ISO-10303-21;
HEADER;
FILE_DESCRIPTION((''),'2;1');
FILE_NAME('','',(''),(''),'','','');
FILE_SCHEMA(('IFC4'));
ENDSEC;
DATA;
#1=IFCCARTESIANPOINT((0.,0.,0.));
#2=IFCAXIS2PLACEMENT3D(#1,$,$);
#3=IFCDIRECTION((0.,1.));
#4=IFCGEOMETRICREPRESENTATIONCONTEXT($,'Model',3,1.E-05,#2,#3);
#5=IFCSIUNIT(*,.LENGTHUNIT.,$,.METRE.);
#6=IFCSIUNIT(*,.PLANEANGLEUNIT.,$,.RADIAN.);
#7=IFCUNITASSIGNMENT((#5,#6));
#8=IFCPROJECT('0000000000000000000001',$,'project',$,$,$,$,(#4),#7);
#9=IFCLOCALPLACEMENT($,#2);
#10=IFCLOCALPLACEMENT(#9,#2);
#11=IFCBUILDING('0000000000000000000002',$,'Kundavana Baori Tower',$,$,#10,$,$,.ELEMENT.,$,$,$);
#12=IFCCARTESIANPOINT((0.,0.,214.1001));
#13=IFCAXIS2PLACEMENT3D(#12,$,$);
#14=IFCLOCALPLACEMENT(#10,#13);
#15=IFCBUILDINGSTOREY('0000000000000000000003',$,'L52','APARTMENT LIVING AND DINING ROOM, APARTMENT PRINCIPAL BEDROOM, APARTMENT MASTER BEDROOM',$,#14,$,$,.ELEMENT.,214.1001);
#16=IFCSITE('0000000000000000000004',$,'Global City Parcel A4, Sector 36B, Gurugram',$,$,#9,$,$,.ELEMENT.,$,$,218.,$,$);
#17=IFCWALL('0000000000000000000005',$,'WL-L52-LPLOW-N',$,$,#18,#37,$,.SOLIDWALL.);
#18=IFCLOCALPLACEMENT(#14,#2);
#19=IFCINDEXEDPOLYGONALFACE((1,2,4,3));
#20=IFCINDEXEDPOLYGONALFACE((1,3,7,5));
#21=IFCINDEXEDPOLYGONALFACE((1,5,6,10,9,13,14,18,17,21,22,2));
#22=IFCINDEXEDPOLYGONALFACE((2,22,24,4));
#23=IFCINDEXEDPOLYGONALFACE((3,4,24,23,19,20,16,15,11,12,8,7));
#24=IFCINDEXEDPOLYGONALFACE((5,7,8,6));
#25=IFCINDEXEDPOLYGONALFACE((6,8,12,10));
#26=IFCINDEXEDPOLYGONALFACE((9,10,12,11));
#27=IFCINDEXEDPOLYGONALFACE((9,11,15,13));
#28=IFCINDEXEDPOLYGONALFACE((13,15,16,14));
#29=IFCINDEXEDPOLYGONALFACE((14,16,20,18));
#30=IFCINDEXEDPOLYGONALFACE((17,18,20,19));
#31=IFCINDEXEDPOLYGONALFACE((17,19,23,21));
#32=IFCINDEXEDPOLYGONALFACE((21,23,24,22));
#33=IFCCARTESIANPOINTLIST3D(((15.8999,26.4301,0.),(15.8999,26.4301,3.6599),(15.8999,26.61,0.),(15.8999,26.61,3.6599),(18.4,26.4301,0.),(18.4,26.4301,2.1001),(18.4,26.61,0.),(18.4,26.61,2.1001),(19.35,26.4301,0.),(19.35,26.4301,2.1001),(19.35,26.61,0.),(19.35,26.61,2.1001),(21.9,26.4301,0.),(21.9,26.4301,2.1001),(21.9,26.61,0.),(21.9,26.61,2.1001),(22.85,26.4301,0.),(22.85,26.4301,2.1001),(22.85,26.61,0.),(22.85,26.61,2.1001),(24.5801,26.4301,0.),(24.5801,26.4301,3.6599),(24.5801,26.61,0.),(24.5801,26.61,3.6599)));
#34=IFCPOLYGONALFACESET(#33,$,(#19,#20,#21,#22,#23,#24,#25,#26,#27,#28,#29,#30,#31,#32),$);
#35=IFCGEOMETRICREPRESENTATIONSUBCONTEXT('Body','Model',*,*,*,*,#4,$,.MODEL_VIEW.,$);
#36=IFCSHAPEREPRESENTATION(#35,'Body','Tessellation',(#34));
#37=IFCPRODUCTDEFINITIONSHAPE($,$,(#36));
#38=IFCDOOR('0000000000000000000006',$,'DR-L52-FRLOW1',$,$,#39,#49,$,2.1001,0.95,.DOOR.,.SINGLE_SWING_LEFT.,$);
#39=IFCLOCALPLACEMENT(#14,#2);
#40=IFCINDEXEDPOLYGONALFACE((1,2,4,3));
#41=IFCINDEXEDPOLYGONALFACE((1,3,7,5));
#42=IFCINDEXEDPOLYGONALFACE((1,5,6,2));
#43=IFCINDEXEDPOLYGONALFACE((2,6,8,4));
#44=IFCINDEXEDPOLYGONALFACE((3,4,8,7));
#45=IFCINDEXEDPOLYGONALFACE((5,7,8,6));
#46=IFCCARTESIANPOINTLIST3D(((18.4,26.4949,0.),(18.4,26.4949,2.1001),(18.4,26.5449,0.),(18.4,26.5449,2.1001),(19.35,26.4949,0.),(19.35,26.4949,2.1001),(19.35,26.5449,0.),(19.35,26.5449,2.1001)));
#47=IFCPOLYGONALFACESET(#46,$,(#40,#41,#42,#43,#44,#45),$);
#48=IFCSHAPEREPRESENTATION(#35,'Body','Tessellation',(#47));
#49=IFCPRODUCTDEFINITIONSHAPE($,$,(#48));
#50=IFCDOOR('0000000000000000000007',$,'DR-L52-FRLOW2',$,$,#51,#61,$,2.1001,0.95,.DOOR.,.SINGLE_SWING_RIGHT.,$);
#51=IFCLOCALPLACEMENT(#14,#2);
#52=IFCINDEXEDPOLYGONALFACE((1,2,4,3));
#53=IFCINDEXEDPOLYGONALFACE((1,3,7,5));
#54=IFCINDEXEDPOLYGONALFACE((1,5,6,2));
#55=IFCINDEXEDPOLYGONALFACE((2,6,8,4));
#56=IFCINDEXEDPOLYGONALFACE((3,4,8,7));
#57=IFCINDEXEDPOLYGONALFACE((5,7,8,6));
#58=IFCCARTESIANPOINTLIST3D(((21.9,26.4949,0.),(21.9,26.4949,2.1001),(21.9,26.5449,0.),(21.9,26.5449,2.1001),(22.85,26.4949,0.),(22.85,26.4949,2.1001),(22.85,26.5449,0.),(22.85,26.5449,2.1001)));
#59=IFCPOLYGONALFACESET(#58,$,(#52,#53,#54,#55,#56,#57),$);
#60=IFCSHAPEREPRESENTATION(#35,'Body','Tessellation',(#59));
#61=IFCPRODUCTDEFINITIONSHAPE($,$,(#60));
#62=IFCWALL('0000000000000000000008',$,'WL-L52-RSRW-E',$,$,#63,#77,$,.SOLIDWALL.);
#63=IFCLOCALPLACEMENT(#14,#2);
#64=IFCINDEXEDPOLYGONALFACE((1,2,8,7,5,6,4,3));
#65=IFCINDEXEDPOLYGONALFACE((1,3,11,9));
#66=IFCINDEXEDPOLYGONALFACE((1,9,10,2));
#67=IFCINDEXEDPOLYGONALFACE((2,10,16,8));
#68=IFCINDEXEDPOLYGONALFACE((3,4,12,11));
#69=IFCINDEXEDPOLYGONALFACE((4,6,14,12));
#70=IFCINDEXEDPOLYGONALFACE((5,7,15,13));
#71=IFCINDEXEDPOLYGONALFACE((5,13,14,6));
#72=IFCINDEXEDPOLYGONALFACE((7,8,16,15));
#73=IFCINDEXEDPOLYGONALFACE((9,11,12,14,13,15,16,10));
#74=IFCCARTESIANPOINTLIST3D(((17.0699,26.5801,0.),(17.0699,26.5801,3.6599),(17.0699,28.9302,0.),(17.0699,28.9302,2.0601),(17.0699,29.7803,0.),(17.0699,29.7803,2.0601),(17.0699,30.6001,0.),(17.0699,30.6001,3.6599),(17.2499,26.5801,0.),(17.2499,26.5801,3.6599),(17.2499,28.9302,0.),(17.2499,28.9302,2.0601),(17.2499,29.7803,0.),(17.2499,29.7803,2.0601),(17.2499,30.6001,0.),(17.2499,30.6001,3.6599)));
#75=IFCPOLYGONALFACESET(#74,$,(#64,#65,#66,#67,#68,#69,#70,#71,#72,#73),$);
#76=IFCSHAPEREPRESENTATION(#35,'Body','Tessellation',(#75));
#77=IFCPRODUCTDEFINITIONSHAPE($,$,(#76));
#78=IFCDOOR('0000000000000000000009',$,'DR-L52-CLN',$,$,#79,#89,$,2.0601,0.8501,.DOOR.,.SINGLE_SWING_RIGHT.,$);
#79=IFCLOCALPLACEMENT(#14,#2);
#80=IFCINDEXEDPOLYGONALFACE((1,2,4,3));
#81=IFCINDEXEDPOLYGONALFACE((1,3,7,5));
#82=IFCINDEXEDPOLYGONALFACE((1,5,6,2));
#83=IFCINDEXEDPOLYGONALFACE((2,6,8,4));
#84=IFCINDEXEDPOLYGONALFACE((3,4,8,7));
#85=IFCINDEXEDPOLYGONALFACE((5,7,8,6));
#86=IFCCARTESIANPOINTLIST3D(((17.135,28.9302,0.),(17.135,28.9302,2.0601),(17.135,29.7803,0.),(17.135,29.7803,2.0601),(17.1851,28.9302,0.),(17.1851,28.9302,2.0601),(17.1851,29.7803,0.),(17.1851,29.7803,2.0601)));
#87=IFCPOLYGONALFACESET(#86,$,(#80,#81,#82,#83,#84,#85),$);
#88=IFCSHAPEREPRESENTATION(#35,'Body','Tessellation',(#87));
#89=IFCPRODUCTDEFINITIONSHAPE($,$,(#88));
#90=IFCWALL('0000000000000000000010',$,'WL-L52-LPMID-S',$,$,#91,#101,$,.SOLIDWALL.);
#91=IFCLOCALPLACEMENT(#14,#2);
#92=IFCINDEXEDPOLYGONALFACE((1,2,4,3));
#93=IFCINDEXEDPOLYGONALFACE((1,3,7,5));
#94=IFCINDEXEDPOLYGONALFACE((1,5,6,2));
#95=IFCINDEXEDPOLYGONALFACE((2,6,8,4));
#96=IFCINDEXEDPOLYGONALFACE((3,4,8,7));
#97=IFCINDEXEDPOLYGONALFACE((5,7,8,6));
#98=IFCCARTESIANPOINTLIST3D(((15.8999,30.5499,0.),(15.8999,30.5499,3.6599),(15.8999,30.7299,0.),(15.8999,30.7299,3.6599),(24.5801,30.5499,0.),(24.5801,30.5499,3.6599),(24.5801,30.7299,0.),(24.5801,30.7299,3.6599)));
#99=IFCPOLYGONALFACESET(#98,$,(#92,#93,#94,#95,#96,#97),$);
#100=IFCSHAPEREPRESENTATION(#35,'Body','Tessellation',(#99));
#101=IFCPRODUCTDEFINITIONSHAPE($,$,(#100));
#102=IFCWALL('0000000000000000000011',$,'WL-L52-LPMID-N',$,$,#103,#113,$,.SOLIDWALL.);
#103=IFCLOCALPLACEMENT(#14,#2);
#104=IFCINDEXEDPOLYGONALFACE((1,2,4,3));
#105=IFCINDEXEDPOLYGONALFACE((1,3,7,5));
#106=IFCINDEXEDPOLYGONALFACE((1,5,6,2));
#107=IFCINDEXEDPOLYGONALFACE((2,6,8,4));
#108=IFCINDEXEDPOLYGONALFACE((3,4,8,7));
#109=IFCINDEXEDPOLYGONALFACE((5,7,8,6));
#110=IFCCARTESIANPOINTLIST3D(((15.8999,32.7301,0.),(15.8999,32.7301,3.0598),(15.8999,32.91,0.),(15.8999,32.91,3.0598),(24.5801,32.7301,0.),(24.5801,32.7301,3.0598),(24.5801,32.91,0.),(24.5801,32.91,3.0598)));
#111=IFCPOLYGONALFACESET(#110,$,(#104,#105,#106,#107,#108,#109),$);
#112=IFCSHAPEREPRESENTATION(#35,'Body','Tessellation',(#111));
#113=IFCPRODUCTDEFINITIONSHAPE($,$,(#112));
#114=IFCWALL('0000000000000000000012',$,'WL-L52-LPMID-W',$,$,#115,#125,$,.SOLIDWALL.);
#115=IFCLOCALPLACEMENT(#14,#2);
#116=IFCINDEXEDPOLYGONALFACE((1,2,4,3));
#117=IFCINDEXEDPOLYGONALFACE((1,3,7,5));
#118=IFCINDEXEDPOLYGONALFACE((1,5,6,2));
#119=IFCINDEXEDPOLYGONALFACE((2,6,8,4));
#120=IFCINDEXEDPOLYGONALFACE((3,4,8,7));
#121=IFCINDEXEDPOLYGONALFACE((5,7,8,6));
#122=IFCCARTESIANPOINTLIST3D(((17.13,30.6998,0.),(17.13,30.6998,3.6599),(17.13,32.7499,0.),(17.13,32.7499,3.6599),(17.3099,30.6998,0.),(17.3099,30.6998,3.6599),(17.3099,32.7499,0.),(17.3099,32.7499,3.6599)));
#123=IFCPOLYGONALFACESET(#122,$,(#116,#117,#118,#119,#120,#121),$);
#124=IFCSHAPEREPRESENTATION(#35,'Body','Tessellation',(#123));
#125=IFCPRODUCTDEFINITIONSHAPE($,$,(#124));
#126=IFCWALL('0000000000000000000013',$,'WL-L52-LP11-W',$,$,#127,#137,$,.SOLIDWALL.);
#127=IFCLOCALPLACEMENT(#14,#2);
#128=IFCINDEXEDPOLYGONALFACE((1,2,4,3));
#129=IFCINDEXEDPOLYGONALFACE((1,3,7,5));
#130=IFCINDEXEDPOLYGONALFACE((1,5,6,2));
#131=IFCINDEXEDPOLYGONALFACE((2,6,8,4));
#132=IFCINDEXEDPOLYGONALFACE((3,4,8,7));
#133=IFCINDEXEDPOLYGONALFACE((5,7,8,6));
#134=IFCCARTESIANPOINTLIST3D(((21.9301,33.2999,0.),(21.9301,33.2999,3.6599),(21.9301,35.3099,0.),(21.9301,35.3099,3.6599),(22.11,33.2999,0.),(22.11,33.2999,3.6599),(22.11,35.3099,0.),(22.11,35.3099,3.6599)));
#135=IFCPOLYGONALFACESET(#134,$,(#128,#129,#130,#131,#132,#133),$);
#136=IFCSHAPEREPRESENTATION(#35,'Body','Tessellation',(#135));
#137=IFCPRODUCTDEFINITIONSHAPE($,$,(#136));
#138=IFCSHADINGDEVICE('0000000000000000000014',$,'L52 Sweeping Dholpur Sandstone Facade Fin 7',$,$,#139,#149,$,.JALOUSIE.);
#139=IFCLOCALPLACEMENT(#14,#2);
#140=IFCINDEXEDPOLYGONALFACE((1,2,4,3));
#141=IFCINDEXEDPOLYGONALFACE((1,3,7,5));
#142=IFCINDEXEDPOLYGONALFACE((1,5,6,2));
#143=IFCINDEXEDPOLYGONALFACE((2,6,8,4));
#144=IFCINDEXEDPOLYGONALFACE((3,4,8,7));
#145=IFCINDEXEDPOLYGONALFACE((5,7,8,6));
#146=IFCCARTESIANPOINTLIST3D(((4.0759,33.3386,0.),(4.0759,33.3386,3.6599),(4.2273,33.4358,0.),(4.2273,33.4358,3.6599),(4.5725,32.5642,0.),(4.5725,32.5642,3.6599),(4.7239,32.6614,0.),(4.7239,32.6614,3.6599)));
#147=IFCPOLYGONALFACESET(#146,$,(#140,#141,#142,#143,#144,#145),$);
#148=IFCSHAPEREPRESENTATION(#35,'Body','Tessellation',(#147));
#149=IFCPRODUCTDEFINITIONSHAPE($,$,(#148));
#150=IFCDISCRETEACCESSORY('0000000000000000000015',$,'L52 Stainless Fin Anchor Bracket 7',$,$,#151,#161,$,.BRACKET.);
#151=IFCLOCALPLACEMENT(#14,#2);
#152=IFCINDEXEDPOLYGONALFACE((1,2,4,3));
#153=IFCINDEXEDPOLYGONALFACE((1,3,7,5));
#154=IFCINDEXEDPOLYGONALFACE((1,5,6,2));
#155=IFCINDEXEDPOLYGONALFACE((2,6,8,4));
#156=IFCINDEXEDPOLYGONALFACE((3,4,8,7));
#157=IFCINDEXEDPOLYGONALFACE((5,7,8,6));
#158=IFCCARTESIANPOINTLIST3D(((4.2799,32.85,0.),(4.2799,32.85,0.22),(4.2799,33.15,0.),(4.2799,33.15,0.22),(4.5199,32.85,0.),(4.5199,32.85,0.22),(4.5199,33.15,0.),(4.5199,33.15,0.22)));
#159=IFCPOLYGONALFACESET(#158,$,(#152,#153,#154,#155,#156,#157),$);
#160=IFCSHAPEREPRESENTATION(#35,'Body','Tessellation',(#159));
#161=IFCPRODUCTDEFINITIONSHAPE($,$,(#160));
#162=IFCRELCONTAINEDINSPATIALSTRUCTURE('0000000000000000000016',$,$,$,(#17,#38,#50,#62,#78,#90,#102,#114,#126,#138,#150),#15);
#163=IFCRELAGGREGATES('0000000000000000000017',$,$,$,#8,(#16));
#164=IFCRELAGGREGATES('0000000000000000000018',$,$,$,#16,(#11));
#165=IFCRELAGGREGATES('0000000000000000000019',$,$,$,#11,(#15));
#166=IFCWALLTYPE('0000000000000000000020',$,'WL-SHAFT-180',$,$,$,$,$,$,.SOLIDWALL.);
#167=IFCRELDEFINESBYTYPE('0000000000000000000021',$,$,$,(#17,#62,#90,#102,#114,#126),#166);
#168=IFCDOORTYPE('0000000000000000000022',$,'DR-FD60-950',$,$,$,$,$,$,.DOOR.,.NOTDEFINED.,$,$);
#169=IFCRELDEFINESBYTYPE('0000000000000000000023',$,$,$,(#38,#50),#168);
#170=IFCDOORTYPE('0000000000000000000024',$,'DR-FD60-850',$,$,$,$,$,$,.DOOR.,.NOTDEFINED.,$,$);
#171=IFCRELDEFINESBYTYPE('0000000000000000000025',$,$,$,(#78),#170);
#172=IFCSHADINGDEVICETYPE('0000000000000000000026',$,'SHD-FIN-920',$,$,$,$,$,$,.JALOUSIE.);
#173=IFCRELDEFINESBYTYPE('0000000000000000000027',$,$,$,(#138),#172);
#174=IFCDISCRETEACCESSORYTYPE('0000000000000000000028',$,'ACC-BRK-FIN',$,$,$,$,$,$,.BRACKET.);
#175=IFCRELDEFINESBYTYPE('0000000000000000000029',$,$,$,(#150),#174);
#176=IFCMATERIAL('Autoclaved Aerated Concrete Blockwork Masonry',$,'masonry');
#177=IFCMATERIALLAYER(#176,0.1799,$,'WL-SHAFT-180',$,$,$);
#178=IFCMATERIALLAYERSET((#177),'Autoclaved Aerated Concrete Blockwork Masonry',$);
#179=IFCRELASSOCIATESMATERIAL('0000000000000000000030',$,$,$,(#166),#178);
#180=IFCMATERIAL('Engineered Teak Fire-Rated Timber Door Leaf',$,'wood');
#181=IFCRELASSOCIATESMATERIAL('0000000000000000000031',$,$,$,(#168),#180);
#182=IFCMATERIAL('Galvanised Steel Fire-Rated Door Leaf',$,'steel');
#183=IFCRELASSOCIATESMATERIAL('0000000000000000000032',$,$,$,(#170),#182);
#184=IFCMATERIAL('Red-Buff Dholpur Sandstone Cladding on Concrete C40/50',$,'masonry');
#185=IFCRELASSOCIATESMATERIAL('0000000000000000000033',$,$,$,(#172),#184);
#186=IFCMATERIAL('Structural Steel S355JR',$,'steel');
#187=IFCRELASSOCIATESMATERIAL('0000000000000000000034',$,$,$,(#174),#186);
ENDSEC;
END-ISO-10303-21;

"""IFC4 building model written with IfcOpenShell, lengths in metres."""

from ifc_helpers import new_model, si_unit, direction, frame, frame_2d, origin, origin_2d, place, context, subcontext, project, spatial, rectangle, extrude, material, layer, layer_set, type_object, element, fill, save


model = new_model("IFC4")

# Units and contexts
model_context = context("Model", 3, precision=1e-05, world=origin(), true_north=direction((0.0, 1.0)))
body_context = subcontext(model_context, "Body", "Model", "MODEL_VIEW")
ifc_project = project(units=[si_unit("LENGTHUNIT", "METRE"), si_unit("PLANEANGLEUNIT", "RADIAN")], contexts=[model_context])

# Site, building, storey
site_placement = place(None, origin())
site = spatial("IfcSite", under=ifc_project, at=site_placement, Name="Global City Parcel A4, Sector 36B, Gurugram", CompositionType="ELEMENT", RefElevation=218.0)
building_placement = place(site_placement, origin())
building = spatial("IfcBuilding", under=site, at=building_placement, Name="Kundavana Baori Tower", CompositionType="ELEMENT")
storey_placement = place(building_placement, frame((0.0, 0.0, 214.1001)))
storey = spatial("IfcBuildingStorey", under=building, at=storey_placement, Name="L52", Description="APARTMENT LIVING AND DINING ROOM, APARTMENT PRINCIPAL BEDROOM, APARTMENT MASTER BEDROOM", CompositionType="ELEMENT", Elevation=214.1001)

# Wall, openings, doors
ifc_material_1 = material(Name="Autoclaved Aerated Concrete Blockwork Masonry", Category="masonry")
ifc_layer_1 = layer(ifc_material_1, 0.1799, Name="WL-SHAFT-180")
ifc_layer_set_1 = layer_set([ifc_layer_1], Name="Autoclaved Aerated Concrete Blockwork Masonry")
wall_type_1 = type_object("IfcWallType", Name="WL-SHAFT-180", PredefinedType="SOLIDWALL", material=ifc_layer_set_1)
wall_1_placement = place(storey_placement, frame((15.8999, 26.52, 0.0), z_axis=(0.0, 0.0, 1.0), x_axis=(1.0, 0.0, 0.0)))
wall_1 = element("IfcWall", 1, at=wall_1_placement, inside=storey, type_object=wall_type_1, Name="WL-L52-LPLOW-N", PredefinedType="SOLIDWALL", context=body_context, shape_type="SweptSolid", body=[
    extrude(rectangle(XDim=8.6802, YDim=0.1799, at=frame_2d((4.3401, 0.0))), origin(), (0.0, 0.0, 1.0), 3.6599),
])
opening_1_placement = place(wall_1_placement, frame((2.5, 0.0, 0.0)))
opening_1 = element("IfcOpeningElement", 2, at=opening_1_placement, cuts=wall_1, PredefinedType="OPENING", context=body_context, shape_type="SweptSolid", body=[
    extrude(rectangle(XDim=0.95, YDim=2.1001, at=frame_2d((0.4751, 1.05))), frame((0.0, 0.1001, 0.0), z_axis=(0.0, -1.0, 0.0), x_axis=(1.0, 0.0, 0.0)), (0.0, 0.0, 1.0), 0.2),
])
opening_2_placement = place(wall_1_placement, frame((6.0, 0.0, 0.0)))
opening_2 = element("IfcOpeningElement", 3, at=opening_2_placement, cuts=wall_1, PredefinedType="OPENING", context=body_context, shape_type="SweptSolid", body=[
    extrude(rectangle(XDim=0.95, YDim=2.1001, at=frame_2d((0.4751, 1.05))), frame((0.0, 0.1001, 0.0), z_axis=(0.0, -1.0, 0.0), x_axis=(1.0, 0.0, 0.0)), (0.0, 0.0, 1.0), 0.2),
])
ifc_material_2 = material(Name="Engineered Teak Fire-Rated Timber Door Leaf", Category="wood")
door_type_1 = type_object("IfcDoorType", Name="DR-FD60-950", OperationType="NOTDEFINED", PredefinedType="DOOR", material=ifc_material_2)
door_1_placement = place(opening_1_placement, origin())
door_1 = element("IfcDoor", 4, at=door_1_placement, inside=storey, type_object=door_type_1, Name="DR-L52-FRLOW1", OperationType="SINGLE_SWING_LEFT", OverallHeight=2.1001, OverallWidth=0.95, PredefinedType="DOOR", context=body_context, shape_type="SweptSolid", body=[
    extrude(rectangle(XDim=0.95, YDim=2.1001, at=frame_2d((0.4751, 1.05))), frame((0.0, 0.0249, 0.0), z_axis=(0.0, -1.0, 0.0), x_axis=(1.0, 0.0, 0.0)), (0.0, 0.0, 1.0), 0.05),
])
fill(opening_1, door_1)
door_2_placement = place(opening_2_placement, origin())
door_2 = element("IfcDoor", 5, at=door_2_placement, inside=storey, type_object=door_type_1, Name="DR-L52-FRLOW2", OperationType="SINGLE_SWING_RIGHT", OverallHeight=2.1001, OverallWidth=0.95, PredefinedType="DOOR", context=body_context, shape_type="SweptSolid", body=[
    extrude(rectangle(XDim=0.95, YDim=2.1001, at=frame_2d((0.4751, 1.05))), frame((0.0, 0.0249, 0.0), z_axis=(0.0, -1.0, 0.0), x_axis=(1.0, 0.0, 0.0)), (0.0, 0.0, 1.0), 0.05),
])
fill(opening_2, door_2)

# Wall, opening, door
wall_2_placement = place(storey_placement, frame((17.1599, 26.5801, 0.0), z_axis=(0.0, 0.0, 1.0), x_axis=(0.0, 1.0, 0.0)))
wall_2 = element("IfcWall", 6, at=wall_2_placement, inside=storey, type_object=wall_type_1, Name="WL-L52-RSRW-E", PredefinedType="SOLIDWALL", context=body_context, shape_type="SweptSolid", body=[
    extrude(rectangle(XDim=4.02, YDim=0.1799, at=frame_2d((2.01, 0.0))), origin(), (0.0, 0.0, 1.0), 3.6599),
])
opening_3_placement = place(wall_2_placement, frame((2.3501, 0.0, 0.0)))
opening_3 = element("IfcOpeningElement", 7, at=opening_3_placement, cuts=wall_2, PredefinedType="OPENING", context=body_context, shape_type="SweptSolid", body=[
    extrude(rectangle(XDim=0.8501, YDim=2.0601, at=frame_2d((0.425, 1.03))), frame((0.0, 0.1001, 0.0), z_axis=(0.0, -1.0, 0.0), x_axis=(1.0, 0.0, 0.0)), (0.0, 0.0, 1.0), 0.2),
])
ifc_material_3 = material(Name="Galvanised Steel Fire-Rated Door Leaf", Category="steel")
door_type_2 = type_object("IfcDoorType", Name="DR-FD60-850", OperationType="NOTDEFINED", PredefinedType="DOOR", material=ifc_material_3)
door_3_placement = place(opening_3_placement, origin())
door_3 = element("IfcDoor", 8, at=door_3_placement, inside=storey, type_object=door_type_2, Name="DR-L52-CLN", OperationType="SINGLE_SWING_RIGHT", OverallHeight=2.0601, OverallWidth=0.8501, PredefinedType="DOOR", context=body_context, shape_type="SweptSolid", body=[
    extrude(rectangle(XDim=0.8501, YDim=2.0601, at=frame_2d((0.425, 1.03))), frame((0.0, 0.0249, 0.0), z_axis=(0.0, -1.0, 0.0), x_axis=(1.0, 0.0, 0.0)), (0.0, 0.0, 1.0), 0.05),
])
fill(opening_3, door_3)

# Walls
wall_3_placement = place(storey_placement, frame((15.8999, 30.6399, 0.0), z_axis=(0.0, 0.0, 1.0), x_axis=(1.0, 0.0, 0.0)))
element("IfcWall", 9, at=wall_3_placement, inside=storey, type_object=wall_type_1, Name="WL-L52-LPMID-S", PredefinedType="SOLIDWALL", context=body_context, shape_type="SweptSolid", body=[
    extrude(rectangle(XDim=8.6802, YDim=0.1799, at=frame_2d((4.3401, 0.0))), origin(), (0.0, 0.0, 1.0), 3.6599),
])
wall_4_placement = place(storey_placement, frame((15.8999, 32.8201, 0.0), z_axis=(0.0, 0.0, 1.0), x_axis=(1.0, 0.0, 0.0)))
element("IfcWall", 10, at=wall_4_placement, inside=storey, type_object=wall_type_1, Name="WL-L52-LPMID-N", PredefinedType="SOLIDWALL", context=body_context, shape_type="SweptSolid", body=[
    extrude(rectangle(XDim=8.6802, YDim=0.1799, at=frame_2d((4.3401, 0.0))), origin(), (0.0, 0.0, 1.0), 3.0598),
])
wall_5_placement = place(storey_placement, frame((17.22, 30.7, 0.0), z_axis=(0.0, 0.0, 1.0), x_axis=(0.0, 1.0, 0.0)))
element("IfcWall", 11, at=wall_5_placement, inside=storey, type_object=wall_type_1, Name="WL-L52-LPMID-W", PredefinedType="SOLIDWALL", context=body_context, shape_type="SweptSolid", body=[
    extrude(rectangle(XDim=2.05, YDim=0.1799, at=frame_2d((1.0249, 0.0))), origin(), (0.0, 0.0, 1.0), 3.6599),
])
wall_6_placement = place(storey_placement, frame((22.02, 33.3, 0.0), z_axis=(0.0, 0.0, 1.0), x_axis=(0.0, 1.0, 0.0)))
element("IfcWall", 12, at=wall_6_placement, inside=storey, type_object=wall_type_1, Name="WL-L52-LP11-W", PredefinedType="SOLIDWALL", context=body_context, shape_type="SweptSolid", body=[
    extrude(rectangle(XDim=2.01, YDim=0.1799, at=frame_2d((1.0049, 0.0))), origin(), (0.0, 0.0, 1.0), 3.6599),
])

# Shading device
ifc_material_4 = material(Name="Red-Buff Dholpur Sandstone Cladding on Concrete C40/50", Category="masonry")
shading_device_type = type_object("IfcShadingDeviceType", Name="SHD-FIN-920", PredefinedType="JALOUSIE", material=ifc_material_4)
shading_device_placement = place(storey_placement, frame((4.3999, 33.0, 0.0), z_axis=(0.0, 0.0, 1.0), x_axis=(0.841794, 0.5398, 0.0)))
element("IfcShadingDevice", 13, at=shading_device_placement, inside=storey, type_object=shading_device_type, Name="L52 Sweeping Dholpur Sandstone Facade Fin 7", PredefinedType="JALOUSIE", context=body_context, shape_type="SweptSolid", body=[
    extrude(rectangle(XDim=0.1799, YDim=0.9199, at=origin_2d()), origin(), (0.0, 0.0, 1.0), 3.6599),
])

# Discrete accessory
ifc_material_5 = material(Name="Structural Steel S355JR", Category="steel")
discrete_accessory_type = type_object("IfcDiscreteAccessoryType", Name="ACC-BRK-FIN", PredefinedType="BRACKET", material=ifc_material_5)
discrete_accessory_placement = place(storey_placement, frame((4.3999, 33.0, 0.0), z_axis=(0.0, 0.0, 1.0), x_axis=(1.0, 0.0, 0.0)))
element("IfcDiscreteAccessory", 14, at=discrete_accessory_placement, inside=storey, type_object=discrete_accessory_type, Name="L52 Stainless Fin Anchor Bracket 7", PredefinedType="BRACKET", context=body_context, shape_type="SweptSolid", body=[
    extrude(rectangle(XDim=0.24, YDim=0.3, at=origin_2d()), origin(), (0.0, 0.0, 1.0), 0.22),
])

save(model, "model.ifc")
